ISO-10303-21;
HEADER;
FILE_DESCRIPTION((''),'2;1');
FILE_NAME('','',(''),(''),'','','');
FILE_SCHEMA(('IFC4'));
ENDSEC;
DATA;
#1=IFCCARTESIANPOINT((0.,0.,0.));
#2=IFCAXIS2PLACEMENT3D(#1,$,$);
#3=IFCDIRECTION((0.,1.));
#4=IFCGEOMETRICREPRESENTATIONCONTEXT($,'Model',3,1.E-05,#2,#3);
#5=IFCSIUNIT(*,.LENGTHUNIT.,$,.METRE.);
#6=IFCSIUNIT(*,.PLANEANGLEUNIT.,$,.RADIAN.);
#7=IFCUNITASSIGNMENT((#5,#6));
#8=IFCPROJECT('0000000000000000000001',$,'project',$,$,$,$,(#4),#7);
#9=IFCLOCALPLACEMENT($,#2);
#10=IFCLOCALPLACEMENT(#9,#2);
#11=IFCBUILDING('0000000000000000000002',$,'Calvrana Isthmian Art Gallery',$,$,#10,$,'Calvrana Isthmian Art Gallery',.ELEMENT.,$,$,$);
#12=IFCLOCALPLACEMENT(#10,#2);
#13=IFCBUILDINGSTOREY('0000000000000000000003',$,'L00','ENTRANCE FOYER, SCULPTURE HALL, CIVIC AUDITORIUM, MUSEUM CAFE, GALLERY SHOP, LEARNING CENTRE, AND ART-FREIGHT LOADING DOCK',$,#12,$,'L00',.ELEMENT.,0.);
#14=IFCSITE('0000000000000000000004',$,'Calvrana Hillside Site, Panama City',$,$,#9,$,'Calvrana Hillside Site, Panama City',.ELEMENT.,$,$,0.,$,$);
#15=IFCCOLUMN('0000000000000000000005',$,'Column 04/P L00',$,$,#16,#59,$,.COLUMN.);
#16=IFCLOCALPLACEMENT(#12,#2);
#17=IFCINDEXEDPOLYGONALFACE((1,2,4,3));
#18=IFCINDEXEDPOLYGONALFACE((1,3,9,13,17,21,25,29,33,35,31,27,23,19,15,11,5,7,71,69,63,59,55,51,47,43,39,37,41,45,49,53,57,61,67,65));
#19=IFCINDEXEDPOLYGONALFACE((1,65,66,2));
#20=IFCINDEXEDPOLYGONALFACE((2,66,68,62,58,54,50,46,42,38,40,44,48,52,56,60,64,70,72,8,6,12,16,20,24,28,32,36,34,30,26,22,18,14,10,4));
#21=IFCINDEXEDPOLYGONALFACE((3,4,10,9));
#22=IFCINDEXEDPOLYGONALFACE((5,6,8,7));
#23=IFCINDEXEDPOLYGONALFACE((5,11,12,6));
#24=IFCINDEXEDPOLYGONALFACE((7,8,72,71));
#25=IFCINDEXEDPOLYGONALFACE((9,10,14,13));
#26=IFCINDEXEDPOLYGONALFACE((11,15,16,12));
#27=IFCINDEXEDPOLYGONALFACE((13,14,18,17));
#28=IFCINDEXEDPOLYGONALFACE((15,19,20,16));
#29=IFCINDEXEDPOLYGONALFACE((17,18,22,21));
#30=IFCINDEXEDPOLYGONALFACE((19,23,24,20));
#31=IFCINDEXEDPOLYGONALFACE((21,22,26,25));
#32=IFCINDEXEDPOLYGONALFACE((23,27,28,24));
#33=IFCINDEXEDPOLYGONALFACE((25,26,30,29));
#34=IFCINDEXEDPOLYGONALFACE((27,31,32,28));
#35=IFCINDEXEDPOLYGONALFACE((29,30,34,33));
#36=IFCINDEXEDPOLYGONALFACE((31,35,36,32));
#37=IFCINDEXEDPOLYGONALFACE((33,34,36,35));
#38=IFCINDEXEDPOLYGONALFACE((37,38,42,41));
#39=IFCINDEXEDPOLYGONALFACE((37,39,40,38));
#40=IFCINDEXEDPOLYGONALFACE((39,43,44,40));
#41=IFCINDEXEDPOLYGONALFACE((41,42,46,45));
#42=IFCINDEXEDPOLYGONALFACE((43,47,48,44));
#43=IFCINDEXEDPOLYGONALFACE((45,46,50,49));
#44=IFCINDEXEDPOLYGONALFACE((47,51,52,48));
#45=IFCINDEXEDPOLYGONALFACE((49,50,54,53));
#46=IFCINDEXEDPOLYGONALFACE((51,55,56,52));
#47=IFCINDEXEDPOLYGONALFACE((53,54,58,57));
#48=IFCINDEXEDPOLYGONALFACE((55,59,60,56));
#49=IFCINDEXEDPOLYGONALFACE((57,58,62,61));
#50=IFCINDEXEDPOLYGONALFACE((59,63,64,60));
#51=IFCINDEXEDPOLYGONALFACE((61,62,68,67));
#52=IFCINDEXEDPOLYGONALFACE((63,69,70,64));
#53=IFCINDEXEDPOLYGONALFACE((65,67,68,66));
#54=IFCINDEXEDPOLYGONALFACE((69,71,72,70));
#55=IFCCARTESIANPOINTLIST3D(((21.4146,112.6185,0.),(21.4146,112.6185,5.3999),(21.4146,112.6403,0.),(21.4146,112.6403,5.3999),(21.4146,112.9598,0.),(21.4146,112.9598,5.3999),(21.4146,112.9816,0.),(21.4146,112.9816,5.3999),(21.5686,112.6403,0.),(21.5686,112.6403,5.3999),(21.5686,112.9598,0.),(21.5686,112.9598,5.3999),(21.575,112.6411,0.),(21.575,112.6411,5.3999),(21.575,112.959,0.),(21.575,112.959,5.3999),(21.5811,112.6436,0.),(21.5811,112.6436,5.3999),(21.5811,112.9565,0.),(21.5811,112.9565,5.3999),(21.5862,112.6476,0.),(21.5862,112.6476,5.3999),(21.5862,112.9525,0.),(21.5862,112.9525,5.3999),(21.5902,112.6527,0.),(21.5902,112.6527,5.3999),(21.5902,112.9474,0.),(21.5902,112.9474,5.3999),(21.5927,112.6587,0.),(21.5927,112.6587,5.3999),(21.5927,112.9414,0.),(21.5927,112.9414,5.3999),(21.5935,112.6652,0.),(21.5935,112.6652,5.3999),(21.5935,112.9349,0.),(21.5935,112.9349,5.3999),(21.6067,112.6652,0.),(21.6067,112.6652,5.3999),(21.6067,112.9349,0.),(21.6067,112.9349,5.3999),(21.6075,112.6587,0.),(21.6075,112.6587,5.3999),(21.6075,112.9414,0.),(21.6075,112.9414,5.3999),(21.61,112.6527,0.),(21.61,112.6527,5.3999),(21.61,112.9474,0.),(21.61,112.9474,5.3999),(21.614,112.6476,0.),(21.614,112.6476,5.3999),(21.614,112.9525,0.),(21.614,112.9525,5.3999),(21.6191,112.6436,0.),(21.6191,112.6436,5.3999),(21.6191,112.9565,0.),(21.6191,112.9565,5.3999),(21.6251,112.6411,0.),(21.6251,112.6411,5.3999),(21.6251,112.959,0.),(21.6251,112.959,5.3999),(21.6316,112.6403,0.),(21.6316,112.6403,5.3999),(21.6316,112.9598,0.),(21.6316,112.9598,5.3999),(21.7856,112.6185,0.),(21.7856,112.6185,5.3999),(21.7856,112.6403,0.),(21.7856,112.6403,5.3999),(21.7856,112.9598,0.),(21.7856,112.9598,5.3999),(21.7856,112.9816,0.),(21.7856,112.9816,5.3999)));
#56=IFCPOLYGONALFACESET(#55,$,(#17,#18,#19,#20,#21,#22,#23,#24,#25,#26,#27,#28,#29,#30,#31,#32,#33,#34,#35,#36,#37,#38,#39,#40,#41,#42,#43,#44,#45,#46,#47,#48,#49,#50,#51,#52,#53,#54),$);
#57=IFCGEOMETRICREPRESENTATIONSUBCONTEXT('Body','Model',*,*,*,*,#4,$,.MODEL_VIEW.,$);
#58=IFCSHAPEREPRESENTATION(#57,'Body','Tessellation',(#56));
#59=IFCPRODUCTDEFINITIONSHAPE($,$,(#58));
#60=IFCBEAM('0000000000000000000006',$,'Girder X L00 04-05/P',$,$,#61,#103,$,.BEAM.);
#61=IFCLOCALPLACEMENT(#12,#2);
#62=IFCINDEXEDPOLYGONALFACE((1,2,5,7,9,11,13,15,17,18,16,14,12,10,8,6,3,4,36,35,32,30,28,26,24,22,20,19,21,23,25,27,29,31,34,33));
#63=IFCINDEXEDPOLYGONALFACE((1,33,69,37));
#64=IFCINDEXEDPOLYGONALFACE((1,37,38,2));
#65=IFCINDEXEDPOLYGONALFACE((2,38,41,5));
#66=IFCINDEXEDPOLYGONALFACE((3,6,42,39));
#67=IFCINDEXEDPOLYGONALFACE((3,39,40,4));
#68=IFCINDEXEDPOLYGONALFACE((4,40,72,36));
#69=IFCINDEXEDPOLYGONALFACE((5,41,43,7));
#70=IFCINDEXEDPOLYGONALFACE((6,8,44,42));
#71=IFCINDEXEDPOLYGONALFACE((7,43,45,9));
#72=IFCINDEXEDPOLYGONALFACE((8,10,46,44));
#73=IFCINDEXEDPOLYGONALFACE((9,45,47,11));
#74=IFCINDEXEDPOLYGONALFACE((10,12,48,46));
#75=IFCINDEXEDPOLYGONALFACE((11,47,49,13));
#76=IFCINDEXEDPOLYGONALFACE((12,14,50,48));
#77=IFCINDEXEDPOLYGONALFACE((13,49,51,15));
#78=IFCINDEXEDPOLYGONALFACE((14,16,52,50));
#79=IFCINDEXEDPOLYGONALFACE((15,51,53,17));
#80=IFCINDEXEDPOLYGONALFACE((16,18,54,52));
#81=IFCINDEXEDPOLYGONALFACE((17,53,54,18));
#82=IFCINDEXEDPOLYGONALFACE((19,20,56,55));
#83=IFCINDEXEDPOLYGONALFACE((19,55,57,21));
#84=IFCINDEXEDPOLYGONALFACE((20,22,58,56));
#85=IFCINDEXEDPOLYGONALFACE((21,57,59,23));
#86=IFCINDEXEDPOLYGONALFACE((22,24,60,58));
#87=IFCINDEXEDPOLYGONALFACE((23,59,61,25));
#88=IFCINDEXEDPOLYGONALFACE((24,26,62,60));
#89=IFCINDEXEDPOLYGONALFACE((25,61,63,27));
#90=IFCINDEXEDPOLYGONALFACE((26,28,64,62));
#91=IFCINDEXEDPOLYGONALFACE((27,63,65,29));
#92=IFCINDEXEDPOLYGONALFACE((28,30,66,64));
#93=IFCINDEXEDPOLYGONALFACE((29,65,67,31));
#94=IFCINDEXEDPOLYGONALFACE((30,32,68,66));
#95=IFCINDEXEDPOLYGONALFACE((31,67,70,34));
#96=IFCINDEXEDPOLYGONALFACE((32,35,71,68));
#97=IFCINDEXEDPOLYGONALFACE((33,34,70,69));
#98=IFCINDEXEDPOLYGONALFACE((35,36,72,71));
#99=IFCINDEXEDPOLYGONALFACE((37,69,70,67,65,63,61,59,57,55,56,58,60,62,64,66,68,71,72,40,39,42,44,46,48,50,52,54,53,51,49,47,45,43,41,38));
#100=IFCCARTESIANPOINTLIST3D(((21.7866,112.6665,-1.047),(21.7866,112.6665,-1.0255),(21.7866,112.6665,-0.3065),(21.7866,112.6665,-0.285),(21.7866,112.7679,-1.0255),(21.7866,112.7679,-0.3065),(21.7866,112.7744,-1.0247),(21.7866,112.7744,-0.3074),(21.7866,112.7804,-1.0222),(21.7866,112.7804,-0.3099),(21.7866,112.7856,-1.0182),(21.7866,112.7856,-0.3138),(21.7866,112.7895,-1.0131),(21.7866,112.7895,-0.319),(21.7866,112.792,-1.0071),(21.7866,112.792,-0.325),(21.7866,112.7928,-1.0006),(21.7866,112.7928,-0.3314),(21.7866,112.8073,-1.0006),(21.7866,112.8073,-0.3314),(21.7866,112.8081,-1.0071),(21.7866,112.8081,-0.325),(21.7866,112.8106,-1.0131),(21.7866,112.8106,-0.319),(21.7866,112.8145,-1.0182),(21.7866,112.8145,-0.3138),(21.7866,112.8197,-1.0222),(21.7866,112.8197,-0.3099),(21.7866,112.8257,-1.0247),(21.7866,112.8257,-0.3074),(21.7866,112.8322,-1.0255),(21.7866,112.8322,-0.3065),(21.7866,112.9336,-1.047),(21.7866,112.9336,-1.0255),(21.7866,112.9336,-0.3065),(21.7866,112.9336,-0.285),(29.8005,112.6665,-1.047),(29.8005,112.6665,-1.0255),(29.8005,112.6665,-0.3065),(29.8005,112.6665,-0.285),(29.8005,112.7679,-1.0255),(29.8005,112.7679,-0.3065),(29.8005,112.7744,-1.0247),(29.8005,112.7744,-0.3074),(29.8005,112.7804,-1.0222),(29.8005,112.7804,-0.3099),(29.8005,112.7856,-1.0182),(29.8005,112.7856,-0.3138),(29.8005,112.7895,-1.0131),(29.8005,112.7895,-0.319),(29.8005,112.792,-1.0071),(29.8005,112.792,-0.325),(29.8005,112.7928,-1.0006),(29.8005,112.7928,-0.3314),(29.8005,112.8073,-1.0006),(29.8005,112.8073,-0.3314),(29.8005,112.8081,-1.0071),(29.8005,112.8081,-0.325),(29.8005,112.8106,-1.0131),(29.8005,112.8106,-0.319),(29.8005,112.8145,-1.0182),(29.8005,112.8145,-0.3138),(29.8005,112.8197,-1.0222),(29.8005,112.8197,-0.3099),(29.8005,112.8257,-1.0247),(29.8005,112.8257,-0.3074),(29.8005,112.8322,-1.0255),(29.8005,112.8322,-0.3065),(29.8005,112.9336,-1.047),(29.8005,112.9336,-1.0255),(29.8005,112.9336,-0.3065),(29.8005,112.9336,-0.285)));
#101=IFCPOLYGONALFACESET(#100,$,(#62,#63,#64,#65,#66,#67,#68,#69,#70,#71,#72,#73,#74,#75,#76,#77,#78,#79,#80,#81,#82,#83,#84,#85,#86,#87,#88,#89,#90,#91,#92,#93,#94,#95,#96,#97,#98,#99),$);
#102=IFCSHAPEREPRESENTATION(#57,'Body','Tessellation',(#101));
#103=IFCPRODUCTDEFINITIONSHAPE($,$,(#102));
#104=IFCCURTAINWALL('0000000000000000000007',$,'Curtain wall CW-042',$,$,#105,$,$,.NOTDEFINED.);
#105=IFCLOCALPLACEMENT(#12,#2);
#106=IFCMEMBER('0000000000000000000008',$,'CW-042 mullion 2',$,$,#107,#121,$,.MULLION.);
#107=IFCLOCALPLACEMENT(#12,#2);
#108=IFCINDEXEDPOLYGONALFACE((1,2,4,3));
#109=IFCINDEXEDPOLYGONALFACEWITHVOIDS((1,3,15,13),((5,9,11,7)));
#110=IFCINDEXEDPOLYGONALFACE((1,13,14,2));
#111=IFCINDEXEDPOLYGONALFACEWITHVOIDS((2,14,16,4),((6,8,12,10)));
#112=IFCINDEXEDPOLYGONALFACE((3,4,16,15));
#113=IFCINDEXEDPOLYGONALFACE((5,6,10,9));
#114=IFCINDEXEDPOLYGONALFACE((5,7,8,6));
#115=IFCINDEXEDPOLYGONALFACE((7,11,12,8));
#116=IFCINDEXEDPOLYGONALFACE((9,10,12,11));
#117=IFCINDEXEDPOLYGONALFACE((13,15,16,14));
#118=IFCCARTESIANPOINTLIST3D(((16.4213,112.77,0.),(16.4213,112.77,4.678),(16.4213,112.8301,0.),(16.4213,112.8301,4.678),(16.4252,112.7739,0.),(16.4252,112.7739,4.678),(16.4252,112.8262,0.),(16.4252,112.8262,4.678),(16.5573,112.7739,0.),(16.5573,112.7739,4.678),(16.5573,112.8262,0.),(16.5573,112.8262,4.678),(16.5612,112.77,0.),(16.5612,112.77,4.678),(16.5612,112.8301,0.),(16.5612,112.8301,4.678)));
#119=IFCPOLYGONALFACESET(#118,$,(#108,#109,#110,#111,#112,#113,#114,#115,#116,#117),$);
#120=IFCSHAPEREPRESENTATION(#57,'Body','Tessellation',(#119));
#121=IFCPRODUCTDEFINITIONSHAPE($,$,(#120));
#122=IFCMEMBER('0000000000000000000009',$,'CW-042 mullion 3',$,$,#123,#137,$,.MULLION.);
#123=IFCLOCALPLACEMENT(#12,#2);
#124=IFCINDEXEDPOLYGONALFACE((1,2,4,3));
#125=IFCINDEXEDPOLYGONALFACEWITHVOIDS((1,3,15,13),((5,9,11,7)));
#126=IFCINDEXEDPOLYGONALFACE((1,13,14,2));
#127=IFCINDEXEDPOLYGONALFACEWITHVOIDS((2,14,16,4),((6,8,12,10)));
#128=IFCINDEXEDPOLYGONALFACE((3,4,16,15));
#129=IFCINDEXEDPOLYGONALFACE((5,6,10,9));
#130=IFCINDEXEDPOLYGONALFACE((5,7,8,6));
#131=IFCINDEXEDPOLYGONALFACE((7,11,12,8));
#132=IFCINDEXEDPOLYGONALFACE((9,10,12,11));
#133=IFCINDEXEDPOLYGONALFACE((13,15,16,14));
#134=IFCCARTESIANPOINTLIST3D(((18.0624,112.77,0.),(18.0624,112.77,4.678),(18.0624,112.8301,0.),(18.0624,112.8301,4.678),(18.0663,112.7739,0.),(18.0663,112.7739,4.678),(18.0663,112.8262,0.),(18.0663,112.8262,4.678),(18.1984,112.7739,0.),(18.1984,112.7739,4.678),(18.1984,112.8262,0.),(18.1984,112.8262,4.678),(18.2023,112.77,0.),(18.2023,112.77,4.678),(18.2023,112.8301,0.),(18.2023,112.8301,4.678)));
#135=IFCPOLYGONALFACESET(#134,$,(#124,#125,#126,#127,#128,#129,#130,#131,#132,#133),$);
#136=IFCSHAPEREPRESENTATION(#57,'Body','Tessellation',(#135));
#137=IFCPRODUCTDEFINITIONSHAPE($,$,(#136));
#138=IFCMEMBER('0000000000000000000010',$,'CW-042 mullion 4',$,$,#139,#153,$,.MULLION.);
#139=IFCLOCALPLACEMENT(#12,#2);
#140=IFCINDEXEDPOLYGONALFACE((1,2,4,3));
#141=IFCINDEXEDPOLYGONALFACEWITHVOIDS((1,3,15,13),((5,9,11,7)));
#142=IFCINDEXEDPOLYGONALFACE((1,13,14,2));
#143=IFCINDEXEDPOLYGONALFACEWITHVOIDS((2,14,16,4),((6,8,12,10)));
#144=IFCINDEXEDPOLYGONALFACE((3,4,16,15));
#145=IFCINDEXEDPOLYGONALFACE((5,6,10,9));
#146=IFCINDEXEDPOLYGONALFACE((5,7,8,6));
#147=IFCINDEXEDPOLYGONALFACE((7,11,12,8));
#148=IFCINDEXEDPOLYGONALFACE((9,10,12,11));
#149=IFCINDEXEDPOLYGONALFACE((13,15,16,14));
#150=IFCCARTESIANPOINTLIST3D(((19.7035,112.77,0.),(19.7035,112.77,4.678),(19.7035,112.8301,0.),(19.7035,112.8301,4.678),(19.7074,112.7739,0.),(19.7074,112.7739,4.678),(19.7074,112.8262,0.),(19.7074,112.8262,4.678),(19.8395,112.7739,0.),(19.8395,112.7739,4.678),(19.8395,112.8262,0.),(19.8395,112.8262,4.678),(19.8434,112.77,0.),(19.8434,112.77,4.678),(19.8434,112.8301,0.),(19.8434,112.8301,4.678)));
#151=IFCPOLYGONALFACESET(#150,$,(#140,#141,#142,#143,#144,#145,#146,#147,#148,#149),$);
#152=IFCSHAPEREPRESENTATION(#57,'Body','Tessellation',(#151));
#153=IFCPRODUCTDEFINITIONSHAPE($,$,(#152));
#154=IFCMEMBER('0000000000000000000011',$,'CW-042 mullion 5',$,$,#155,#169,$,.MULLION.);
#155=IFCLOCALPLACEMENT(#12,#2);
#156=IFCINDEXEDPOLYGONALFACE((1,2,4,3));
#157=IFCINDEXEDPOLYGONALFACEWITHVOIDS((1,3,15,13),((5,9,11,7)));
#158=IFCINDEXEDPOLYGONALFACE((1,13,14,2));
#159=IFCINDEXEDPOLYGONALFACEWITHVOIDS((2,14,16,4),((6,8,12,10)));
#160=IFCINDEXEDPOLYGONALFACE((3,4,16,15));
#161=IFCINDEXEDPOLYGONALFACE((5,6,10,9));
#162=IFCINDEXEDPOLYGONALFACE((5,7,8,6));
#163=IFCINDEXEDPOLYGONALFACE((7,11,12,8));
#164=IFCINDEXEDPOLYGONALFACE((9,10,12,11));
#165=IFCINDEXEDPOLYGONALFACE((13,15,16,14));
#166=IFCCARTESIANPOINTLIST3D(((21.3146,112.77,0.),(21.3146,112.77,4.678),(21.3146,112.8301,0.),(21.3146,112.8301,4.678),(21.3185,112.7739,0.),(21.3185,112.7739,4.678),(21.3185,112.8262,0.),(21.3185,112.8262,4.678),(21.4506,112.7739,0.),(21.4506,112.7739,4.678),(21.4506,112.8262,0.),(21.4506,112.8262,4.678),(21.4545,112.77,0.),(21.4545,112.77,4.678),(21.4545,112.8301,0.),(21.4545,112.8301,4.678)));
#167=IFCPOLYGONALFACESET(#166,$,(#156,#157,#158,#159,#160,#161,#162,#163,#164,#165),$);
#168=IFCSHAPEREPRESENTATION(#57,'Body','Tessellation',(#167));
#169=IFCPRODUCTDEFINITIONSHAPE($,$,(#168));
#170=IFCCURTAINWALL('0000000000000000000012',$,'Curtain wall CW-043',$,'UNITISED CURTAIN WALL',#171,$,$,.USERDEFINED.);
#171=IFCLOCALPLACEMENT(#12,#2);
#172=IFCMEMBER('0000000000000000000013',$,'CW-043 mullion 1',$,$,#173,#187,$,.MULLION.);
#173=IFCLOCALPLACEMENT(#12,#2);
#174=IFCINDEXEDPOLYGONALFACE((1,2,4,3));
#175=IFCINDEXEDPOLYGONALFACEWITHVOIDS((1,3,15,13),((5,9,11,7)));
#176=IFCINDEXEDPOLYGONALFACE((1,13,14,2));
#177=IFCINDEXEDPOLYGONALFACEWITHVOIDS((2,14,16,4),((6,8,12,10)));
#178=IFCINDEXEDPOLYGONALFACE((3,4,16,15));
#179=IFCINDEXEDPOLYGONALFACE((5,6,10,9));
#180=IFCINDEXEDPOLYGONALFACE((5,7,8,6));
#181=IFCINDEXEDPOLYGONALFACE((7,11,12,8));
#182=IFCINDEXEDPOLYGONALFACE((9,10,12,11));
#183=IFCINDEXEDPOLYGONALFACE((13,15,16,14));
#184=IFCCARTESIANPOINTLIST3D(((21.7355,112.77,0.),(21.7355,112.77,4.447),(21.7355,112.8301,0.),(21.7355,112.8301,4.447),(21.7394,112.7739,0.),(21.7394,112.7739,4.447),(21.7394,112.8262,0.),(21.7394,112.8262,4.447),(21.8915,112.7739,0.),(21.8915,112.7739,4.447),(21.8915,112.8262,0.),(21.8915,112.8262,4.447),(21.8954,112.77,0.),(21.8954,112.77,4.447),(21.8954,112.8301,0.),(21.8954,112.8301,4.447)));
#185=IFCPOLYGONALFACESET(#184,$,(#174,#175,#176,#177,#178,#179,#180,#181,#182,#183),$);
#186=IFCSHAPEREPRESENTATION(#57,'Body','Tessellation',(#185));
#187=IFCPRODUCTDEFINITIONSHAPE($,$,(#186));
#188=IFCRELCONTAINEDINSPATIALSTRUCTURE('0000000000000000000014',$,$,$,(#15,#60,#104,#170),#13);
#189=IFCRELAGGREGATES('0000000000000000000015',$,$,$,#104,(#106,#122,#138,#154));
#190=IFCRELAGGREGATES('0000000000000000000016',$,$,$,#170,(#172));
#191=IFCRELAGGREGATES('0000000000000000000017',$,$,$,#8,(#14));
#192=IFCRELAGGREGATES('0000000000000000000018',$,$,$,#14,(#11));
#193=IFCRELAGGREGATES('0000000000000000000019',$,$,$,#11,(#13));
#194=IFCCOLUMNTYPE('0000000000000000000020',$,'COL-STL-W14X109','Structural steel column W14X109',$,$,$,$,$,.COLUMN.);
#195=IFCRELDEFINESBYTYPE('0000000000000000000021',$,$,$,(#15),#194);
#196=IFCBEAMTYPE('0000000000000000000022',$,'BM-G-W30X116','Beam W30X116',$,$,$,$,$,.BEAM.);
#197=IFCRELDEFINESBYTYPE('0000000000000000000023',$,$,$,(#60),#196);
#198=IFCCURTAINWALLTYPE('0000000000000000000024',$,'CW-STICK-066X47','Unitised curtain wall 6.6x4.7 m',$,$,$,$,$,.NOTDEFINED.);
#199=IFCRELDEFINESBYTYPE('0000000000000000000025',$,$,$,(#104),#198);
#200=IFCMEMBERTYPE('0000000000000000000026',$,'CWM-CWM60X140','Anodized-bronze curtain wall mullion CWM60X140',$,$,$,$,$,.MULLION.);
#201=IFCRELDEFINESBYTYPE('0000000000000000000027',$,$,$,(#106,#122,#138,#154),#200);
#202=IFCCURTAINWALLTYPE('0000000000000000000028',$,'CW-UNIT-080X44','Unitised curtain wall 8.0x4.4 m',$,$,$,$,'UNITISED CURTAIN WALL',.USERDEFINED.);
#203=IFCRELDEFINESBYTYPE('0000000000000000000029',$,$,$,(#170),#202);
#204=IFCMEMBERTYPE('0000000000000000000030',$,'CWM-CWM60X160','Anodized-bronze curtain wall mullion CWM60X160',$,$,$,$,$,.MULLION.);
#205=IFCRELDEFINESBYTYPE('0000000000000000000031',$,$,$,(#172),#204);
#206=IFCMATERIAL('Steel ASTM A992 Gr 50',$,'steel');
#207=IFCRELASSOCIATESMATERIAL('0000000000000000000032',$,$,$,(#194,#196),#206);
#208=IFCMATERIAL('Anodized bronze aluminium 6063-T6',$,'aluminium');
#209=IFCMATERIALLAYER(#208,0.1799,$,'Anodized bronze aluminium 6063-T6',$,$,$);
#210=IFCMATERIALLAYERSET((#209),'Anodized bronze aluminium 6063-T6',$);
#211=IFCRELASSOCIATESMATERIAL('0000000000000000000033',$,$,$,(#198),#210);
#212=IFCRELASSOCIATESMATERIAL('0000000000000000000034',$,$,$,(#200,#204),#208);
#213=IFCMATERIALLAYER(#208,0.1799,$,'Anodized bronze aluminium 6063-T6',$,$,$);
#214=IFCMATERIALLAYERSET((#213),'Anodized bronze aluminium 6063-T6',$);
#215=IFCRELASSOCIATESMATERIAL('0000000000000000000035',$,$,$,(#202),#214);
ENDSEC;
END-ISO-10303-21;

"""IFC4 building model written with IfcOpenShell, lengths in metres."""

from ifc_helpers import new_model, si_unit, direction, frame, origin, origin_2d, place, context, subcontext, project, spatial, hollow_rectangle, i_section, extrude, material, layer, layer_set, material_profile, profile_set, type_object, element, aggregate, save


model = new_model("IFC4")

# Units and contexts
model_context = context("Model", 3, precision=1e-05, world=origin(), true_north=direction((0.0, 1.0)))
body_context = subcontext(model_context, "Body", "Model", "MODEL_VIEW")
ifc_project = project(units=[si_unit("LENGTHUNIT", "METRE"), si_unit("PLANEANGLEUNIT", "RADIAN")], contexts=[model_context])

# Site, building, storey
site_placement = place(None, origin())
site = spatial("IfcSite", under=ifc_project, at=site_placement, Name="Calvrana Hillside Site, Panama City", LongName="Calvrana Hillside Site, Panama City", CompositionType="ELEMENT", RefElevation=0.0)
building_placement = place(site_placement, origin())
building = spatial("IfcBuilding", under=site, at=building_placement, Name="Calvrana Isthmian Art Gallery", LongName="Calvrana Isthmian Art Gallery", CompositionType="ELEMENT")
storey_placement = place(building_placement, origin())
storey = spatial("IfcBuildingStorey", under=building, at=storey_placement, Name="L00", Description="ENTRANCE FOYER, SCULPTURE HALL, CIVIC AUDITORIUM, MUSEUM CAFE, GALLERY SHOP, LEARNING CENTRE, AND ART-FREIGHT LOADING DOCK", LongName="L00", CompositionType="ELEMENT", Elevation=0.0)

# Column
ifc_material_1 = material(Name="Steel ASTM A992 Gr 50", Category="steel")
ifc_material_profile_1 = material_profile(ifc_material_1, i_section(OverallWidth=0.3711, OverallDepth=0.363, WebThickness=0.0132, FlangeThickness=0.0217, FilletRadius=0.0249, at=origin_2d()), Name="W14X109")
ifc_profile_set_1 = profile_set([ifc_material_profile_1], Name="Steel ASTM A992 Gr 50")
column_type = type_object("IfcColumnType", Name="COL-STL-W14X109", Description="Structural steel column W14X109", PredefinedType="COLUMN", material=ifc_profile_set_1)
column_placement = place(storey_placement, frame((21.6001, 112.8, 0.0), z_axis=(0.0, 0.0, 1.0), x_axis=(1.0, 0.0, 0.0)))
element("IfcColumn", 1, at=column_placement, inside=storey, type_object=column_type, Name="Column 04/P L00", PredefinedType="COLUMN", context=body_context, shape_type="SweptSolid", body=[
    extrude(i_section(OverallWidth=0.3711, OverallDepth=0.363, WebThickness=0.0132, FlangeThickness=0.0217, FilletRadius=0.0249, at=origin_2d()), origin(), (0.0, 0.0, 1.0), 5.3999),
])

# Beam
ifc_material_profile_2 = material_profile(ifc_material_1, i_section(OverallWidth=0.2671, OverallDepth=0.762, WebThickness=0.0144, FlangeThickness=0.0215, FilletRadius=0.0249, at=origin_2d()), Name="W30X116")
ifc_profile_set_2 = profile_set([ifc_material_profile_2], Name="Steel ASTM A992 Gr 50")
beam_type = type_object("IfcBeamType", Name="BM-G-W30X116", Description="Beam W30X116", PredefinedType="BEAM", material=ifc_profile_set_2)
beam_placement = place(storey_placement, frame((21.7866, 112.8, -0.666), z_axis=(1.0, 0.0, 0.0), x_axis=(0.0, 1.0, 0.0)))
element("IfcBeam", 2, at=beam_placement, inside=storey, type_object=beam_type, Name="Girder X L00 04-05/P", PredefinedType="BEAM", context=body_context, shape_type="SweptSolid", body=[
    extrude(i_section(OverallWidth=0.2671, OverallDepth=0.762, WebThickness=0.0144, FlangeThickness=0.0215, FilletRadius=0.0249, at=origin_2d()), origin(), (0.0, 0.0, 1.0), 8.0139),
])

# Curtain wall, members
ifc_material_2 = material(Name="Anodized bronze aluminium 6063-T6", Category="aluminium")
ifc_layer_1 = layer(ifc_material_2, 0.1799, Name="Anodized bronze aluminium 6063-T6")
ifc_layer_set_1 = layer_set([ifc_layer_1], Name="Anodized bronze aluminium 6063-T6")
curtain_wall_type_1 = type_object("IfcCurtainWallType", Name="CW-STICK-066X47", Description="Unitised curtain wall 6.6x4.7 m", PredefinedType="NOTDEFINED", material=ifc_layer_set_1)
curtain_wall_1_placement = place(storey_placement, origin())
curtain_wall_1 = element("IfcCurtainWall", 3, at=curtain_wall_1_placement, inside=storey, type_object=curtain_wall_type_1, Name="Curtain wall CW-042", PredefinedType="NOTDEFINED")
ifc_material_profile_3 = material_profile(ifc_material_2, hollow_rectangle(XDim=0.0601, YDim=0.1399, WallThickness=0.0039, at=origin_2d()), Name="CWM60X140")
ifc_profile_set_3 = profile_set([ifc_material_profile_3], Name="Anodized bronze aluminium 6063-T6")
member_type_1 = type_object("IfcMemberType", Name="CWM-CWM60X140", Description="Anodized-bronze curtain wall mullion CWM60X140", PredefinedType="MULLION", material=ifc_profile_set_3)
member_1_placement = place(storey_placement, frame((16.4912, 112.8, 0.0), z_axis=(0.0, 0.0, 1.0), x_axis=(0.0, 1.0, 0.0)))
member_1 = element("IfcMember", 4, at=member_1_placement, type_object=member_type_1, Name="CW-042 mullion 2", PredefinedType="MULLION", context=body_context, shape_type="SweptSolid", body=[
    extrude(hollow_rectangle(XDim=0.0601, YDim=0.1399, WallThickness=0.0039, at=origin_2d()), origin(), (0.0, 0.0, 1.0), 4.678),
])
member_2_placement = place(storey_placement, frame((18.1323, 112.8, 0.0), z_axis=(0.0, 0.0, 1.0), x_axis=(0.0, 1.0, 0.0)))
member_2 = element("IfcMember", 5, at=member_2_placement, type_object=member_type_1, Name="CW-042 mullion 3", PredefinedType="MULLION", context=body_context, shape_type="SweptSolid", body=[
    extrude(hollow_rectangle(XDim=0.0601, YDim=0.1399, WallThickness=0.0039, at=origin_2d()), origin(), (0.0, 0.0, 1.0), 4.678),
])
member_3_placement = place(storey_placement, frame((19.7734, 112.8, 0.0), z_axis=(0.0, 0.0, 1.0), x_axis=(0.0, 1.0, 0.0)))
member_3 = element("IfcMember", 6, at=member_3_placement, type_object=member_type_1, Name="CW-042 mullion 4", PredefinedType="MULLION", context=body_context, shape_type="SweptSolid", body=[
    extrude(hollow_rectangle(XDim=0.0601, YDim=0.1399, WallThickness=0.0039, at=origin_2d()), origin(), (0.0, 0.0, 1.0), 4.678),
])
member_4_placement = place(storey_placement, frame((21.3845, 112.8, 0.0), z_axis=(0.0, 0.0, 1.0), x_axis=(0.0, 1.0, 0.0)))
member_4 = element("IfcMember", 7, at=member_4_placement, type_object=member_type_1, Name="CW-042 mullion 5", PredefinedType="MULLION", context=body_context, shape_type="SweptSolid", body=[
    extrude(hollow_rectangle(XDim=0.0601, YDim=0.1399, WallThickness=0.0039, at=origin_2d()), origin(), (0.0, 0.0, 1.0), 4.678),
])

# Curtain wall, member
ifc_layer_2 = layer(ifc_material_2, 0.1799, Name="Anodized bronze aluminium 6063-T6")
ifc_layer_set_2 = layer_set([ifc_layer_2], Name="Anodized bronze aluminium 6063-T6")
curtain_wall_type_2 = type_object("IfcCurtainWallType", Name="CW-UNIT-080X44", Description="Unitised curtain wall 8.0x4.4 m", ElementType="UNITISED CURTAIN WALL", PredefinedType="USERDEFINED", material=ifc_layer_set_2)
curtain_wall_2_placement = place(storey_placement, origin())
curtain_wall_2 = element("IfcCurtainWall", 8, at=curtain_wall_2_placement, inside=storey, type_object=curtain_wall_type_2, Name="Curtain wall CW-043", ObjectType="UNITISED CURTAIN WALL", PredefinedType="USERDEFINED")
ifc_material_profile_4 = material_profile(ifc_material_2, hollow_rectangle(XDim=0.0601, YDim=0.1599, WallThickness=0.0039, at=origin_2d()), Name="CWM60X160")
ifc_profile_set_4 = profile_set([ifc_material_profile_4], Name="Anodized bronze aluminium 6063-T6")
member_type_2 = type_object("IfcMemberType", Name="CWM-CWM60X160", Description="Anodized-bronze curtain wall mullion CWM60X160", PredefinedType="MULLION", material=ifc_profile_set_4)
member_5_placement = place(storey_placement, frame((21.8154, 112.8, 0.0), z_axis=(0.0, 0.0, 1.0), x_axis=(0.0, 1.0, 0.0)))
member_5 = element("IfcMember", 9, at=member_5_placement, type_object=member_type_2, Name="CW-043 mullion 1", PredefinedType="MULLION", context=body_context, shape_type="SweptSolid", body=[
    extrude(hollow_rectangle(XDim=0.0601, YDim=0.1599, WallThickness=0.0039, at=origin_2d()), origin(), (0.0, 0.0, 1.0), 4.447),
])

aggregate(curtain_wall_1, [member_1, member_2, member_3, member_4])
aggregate(curtain_wall_2, [member_5])

save(model, "model.ifc")
